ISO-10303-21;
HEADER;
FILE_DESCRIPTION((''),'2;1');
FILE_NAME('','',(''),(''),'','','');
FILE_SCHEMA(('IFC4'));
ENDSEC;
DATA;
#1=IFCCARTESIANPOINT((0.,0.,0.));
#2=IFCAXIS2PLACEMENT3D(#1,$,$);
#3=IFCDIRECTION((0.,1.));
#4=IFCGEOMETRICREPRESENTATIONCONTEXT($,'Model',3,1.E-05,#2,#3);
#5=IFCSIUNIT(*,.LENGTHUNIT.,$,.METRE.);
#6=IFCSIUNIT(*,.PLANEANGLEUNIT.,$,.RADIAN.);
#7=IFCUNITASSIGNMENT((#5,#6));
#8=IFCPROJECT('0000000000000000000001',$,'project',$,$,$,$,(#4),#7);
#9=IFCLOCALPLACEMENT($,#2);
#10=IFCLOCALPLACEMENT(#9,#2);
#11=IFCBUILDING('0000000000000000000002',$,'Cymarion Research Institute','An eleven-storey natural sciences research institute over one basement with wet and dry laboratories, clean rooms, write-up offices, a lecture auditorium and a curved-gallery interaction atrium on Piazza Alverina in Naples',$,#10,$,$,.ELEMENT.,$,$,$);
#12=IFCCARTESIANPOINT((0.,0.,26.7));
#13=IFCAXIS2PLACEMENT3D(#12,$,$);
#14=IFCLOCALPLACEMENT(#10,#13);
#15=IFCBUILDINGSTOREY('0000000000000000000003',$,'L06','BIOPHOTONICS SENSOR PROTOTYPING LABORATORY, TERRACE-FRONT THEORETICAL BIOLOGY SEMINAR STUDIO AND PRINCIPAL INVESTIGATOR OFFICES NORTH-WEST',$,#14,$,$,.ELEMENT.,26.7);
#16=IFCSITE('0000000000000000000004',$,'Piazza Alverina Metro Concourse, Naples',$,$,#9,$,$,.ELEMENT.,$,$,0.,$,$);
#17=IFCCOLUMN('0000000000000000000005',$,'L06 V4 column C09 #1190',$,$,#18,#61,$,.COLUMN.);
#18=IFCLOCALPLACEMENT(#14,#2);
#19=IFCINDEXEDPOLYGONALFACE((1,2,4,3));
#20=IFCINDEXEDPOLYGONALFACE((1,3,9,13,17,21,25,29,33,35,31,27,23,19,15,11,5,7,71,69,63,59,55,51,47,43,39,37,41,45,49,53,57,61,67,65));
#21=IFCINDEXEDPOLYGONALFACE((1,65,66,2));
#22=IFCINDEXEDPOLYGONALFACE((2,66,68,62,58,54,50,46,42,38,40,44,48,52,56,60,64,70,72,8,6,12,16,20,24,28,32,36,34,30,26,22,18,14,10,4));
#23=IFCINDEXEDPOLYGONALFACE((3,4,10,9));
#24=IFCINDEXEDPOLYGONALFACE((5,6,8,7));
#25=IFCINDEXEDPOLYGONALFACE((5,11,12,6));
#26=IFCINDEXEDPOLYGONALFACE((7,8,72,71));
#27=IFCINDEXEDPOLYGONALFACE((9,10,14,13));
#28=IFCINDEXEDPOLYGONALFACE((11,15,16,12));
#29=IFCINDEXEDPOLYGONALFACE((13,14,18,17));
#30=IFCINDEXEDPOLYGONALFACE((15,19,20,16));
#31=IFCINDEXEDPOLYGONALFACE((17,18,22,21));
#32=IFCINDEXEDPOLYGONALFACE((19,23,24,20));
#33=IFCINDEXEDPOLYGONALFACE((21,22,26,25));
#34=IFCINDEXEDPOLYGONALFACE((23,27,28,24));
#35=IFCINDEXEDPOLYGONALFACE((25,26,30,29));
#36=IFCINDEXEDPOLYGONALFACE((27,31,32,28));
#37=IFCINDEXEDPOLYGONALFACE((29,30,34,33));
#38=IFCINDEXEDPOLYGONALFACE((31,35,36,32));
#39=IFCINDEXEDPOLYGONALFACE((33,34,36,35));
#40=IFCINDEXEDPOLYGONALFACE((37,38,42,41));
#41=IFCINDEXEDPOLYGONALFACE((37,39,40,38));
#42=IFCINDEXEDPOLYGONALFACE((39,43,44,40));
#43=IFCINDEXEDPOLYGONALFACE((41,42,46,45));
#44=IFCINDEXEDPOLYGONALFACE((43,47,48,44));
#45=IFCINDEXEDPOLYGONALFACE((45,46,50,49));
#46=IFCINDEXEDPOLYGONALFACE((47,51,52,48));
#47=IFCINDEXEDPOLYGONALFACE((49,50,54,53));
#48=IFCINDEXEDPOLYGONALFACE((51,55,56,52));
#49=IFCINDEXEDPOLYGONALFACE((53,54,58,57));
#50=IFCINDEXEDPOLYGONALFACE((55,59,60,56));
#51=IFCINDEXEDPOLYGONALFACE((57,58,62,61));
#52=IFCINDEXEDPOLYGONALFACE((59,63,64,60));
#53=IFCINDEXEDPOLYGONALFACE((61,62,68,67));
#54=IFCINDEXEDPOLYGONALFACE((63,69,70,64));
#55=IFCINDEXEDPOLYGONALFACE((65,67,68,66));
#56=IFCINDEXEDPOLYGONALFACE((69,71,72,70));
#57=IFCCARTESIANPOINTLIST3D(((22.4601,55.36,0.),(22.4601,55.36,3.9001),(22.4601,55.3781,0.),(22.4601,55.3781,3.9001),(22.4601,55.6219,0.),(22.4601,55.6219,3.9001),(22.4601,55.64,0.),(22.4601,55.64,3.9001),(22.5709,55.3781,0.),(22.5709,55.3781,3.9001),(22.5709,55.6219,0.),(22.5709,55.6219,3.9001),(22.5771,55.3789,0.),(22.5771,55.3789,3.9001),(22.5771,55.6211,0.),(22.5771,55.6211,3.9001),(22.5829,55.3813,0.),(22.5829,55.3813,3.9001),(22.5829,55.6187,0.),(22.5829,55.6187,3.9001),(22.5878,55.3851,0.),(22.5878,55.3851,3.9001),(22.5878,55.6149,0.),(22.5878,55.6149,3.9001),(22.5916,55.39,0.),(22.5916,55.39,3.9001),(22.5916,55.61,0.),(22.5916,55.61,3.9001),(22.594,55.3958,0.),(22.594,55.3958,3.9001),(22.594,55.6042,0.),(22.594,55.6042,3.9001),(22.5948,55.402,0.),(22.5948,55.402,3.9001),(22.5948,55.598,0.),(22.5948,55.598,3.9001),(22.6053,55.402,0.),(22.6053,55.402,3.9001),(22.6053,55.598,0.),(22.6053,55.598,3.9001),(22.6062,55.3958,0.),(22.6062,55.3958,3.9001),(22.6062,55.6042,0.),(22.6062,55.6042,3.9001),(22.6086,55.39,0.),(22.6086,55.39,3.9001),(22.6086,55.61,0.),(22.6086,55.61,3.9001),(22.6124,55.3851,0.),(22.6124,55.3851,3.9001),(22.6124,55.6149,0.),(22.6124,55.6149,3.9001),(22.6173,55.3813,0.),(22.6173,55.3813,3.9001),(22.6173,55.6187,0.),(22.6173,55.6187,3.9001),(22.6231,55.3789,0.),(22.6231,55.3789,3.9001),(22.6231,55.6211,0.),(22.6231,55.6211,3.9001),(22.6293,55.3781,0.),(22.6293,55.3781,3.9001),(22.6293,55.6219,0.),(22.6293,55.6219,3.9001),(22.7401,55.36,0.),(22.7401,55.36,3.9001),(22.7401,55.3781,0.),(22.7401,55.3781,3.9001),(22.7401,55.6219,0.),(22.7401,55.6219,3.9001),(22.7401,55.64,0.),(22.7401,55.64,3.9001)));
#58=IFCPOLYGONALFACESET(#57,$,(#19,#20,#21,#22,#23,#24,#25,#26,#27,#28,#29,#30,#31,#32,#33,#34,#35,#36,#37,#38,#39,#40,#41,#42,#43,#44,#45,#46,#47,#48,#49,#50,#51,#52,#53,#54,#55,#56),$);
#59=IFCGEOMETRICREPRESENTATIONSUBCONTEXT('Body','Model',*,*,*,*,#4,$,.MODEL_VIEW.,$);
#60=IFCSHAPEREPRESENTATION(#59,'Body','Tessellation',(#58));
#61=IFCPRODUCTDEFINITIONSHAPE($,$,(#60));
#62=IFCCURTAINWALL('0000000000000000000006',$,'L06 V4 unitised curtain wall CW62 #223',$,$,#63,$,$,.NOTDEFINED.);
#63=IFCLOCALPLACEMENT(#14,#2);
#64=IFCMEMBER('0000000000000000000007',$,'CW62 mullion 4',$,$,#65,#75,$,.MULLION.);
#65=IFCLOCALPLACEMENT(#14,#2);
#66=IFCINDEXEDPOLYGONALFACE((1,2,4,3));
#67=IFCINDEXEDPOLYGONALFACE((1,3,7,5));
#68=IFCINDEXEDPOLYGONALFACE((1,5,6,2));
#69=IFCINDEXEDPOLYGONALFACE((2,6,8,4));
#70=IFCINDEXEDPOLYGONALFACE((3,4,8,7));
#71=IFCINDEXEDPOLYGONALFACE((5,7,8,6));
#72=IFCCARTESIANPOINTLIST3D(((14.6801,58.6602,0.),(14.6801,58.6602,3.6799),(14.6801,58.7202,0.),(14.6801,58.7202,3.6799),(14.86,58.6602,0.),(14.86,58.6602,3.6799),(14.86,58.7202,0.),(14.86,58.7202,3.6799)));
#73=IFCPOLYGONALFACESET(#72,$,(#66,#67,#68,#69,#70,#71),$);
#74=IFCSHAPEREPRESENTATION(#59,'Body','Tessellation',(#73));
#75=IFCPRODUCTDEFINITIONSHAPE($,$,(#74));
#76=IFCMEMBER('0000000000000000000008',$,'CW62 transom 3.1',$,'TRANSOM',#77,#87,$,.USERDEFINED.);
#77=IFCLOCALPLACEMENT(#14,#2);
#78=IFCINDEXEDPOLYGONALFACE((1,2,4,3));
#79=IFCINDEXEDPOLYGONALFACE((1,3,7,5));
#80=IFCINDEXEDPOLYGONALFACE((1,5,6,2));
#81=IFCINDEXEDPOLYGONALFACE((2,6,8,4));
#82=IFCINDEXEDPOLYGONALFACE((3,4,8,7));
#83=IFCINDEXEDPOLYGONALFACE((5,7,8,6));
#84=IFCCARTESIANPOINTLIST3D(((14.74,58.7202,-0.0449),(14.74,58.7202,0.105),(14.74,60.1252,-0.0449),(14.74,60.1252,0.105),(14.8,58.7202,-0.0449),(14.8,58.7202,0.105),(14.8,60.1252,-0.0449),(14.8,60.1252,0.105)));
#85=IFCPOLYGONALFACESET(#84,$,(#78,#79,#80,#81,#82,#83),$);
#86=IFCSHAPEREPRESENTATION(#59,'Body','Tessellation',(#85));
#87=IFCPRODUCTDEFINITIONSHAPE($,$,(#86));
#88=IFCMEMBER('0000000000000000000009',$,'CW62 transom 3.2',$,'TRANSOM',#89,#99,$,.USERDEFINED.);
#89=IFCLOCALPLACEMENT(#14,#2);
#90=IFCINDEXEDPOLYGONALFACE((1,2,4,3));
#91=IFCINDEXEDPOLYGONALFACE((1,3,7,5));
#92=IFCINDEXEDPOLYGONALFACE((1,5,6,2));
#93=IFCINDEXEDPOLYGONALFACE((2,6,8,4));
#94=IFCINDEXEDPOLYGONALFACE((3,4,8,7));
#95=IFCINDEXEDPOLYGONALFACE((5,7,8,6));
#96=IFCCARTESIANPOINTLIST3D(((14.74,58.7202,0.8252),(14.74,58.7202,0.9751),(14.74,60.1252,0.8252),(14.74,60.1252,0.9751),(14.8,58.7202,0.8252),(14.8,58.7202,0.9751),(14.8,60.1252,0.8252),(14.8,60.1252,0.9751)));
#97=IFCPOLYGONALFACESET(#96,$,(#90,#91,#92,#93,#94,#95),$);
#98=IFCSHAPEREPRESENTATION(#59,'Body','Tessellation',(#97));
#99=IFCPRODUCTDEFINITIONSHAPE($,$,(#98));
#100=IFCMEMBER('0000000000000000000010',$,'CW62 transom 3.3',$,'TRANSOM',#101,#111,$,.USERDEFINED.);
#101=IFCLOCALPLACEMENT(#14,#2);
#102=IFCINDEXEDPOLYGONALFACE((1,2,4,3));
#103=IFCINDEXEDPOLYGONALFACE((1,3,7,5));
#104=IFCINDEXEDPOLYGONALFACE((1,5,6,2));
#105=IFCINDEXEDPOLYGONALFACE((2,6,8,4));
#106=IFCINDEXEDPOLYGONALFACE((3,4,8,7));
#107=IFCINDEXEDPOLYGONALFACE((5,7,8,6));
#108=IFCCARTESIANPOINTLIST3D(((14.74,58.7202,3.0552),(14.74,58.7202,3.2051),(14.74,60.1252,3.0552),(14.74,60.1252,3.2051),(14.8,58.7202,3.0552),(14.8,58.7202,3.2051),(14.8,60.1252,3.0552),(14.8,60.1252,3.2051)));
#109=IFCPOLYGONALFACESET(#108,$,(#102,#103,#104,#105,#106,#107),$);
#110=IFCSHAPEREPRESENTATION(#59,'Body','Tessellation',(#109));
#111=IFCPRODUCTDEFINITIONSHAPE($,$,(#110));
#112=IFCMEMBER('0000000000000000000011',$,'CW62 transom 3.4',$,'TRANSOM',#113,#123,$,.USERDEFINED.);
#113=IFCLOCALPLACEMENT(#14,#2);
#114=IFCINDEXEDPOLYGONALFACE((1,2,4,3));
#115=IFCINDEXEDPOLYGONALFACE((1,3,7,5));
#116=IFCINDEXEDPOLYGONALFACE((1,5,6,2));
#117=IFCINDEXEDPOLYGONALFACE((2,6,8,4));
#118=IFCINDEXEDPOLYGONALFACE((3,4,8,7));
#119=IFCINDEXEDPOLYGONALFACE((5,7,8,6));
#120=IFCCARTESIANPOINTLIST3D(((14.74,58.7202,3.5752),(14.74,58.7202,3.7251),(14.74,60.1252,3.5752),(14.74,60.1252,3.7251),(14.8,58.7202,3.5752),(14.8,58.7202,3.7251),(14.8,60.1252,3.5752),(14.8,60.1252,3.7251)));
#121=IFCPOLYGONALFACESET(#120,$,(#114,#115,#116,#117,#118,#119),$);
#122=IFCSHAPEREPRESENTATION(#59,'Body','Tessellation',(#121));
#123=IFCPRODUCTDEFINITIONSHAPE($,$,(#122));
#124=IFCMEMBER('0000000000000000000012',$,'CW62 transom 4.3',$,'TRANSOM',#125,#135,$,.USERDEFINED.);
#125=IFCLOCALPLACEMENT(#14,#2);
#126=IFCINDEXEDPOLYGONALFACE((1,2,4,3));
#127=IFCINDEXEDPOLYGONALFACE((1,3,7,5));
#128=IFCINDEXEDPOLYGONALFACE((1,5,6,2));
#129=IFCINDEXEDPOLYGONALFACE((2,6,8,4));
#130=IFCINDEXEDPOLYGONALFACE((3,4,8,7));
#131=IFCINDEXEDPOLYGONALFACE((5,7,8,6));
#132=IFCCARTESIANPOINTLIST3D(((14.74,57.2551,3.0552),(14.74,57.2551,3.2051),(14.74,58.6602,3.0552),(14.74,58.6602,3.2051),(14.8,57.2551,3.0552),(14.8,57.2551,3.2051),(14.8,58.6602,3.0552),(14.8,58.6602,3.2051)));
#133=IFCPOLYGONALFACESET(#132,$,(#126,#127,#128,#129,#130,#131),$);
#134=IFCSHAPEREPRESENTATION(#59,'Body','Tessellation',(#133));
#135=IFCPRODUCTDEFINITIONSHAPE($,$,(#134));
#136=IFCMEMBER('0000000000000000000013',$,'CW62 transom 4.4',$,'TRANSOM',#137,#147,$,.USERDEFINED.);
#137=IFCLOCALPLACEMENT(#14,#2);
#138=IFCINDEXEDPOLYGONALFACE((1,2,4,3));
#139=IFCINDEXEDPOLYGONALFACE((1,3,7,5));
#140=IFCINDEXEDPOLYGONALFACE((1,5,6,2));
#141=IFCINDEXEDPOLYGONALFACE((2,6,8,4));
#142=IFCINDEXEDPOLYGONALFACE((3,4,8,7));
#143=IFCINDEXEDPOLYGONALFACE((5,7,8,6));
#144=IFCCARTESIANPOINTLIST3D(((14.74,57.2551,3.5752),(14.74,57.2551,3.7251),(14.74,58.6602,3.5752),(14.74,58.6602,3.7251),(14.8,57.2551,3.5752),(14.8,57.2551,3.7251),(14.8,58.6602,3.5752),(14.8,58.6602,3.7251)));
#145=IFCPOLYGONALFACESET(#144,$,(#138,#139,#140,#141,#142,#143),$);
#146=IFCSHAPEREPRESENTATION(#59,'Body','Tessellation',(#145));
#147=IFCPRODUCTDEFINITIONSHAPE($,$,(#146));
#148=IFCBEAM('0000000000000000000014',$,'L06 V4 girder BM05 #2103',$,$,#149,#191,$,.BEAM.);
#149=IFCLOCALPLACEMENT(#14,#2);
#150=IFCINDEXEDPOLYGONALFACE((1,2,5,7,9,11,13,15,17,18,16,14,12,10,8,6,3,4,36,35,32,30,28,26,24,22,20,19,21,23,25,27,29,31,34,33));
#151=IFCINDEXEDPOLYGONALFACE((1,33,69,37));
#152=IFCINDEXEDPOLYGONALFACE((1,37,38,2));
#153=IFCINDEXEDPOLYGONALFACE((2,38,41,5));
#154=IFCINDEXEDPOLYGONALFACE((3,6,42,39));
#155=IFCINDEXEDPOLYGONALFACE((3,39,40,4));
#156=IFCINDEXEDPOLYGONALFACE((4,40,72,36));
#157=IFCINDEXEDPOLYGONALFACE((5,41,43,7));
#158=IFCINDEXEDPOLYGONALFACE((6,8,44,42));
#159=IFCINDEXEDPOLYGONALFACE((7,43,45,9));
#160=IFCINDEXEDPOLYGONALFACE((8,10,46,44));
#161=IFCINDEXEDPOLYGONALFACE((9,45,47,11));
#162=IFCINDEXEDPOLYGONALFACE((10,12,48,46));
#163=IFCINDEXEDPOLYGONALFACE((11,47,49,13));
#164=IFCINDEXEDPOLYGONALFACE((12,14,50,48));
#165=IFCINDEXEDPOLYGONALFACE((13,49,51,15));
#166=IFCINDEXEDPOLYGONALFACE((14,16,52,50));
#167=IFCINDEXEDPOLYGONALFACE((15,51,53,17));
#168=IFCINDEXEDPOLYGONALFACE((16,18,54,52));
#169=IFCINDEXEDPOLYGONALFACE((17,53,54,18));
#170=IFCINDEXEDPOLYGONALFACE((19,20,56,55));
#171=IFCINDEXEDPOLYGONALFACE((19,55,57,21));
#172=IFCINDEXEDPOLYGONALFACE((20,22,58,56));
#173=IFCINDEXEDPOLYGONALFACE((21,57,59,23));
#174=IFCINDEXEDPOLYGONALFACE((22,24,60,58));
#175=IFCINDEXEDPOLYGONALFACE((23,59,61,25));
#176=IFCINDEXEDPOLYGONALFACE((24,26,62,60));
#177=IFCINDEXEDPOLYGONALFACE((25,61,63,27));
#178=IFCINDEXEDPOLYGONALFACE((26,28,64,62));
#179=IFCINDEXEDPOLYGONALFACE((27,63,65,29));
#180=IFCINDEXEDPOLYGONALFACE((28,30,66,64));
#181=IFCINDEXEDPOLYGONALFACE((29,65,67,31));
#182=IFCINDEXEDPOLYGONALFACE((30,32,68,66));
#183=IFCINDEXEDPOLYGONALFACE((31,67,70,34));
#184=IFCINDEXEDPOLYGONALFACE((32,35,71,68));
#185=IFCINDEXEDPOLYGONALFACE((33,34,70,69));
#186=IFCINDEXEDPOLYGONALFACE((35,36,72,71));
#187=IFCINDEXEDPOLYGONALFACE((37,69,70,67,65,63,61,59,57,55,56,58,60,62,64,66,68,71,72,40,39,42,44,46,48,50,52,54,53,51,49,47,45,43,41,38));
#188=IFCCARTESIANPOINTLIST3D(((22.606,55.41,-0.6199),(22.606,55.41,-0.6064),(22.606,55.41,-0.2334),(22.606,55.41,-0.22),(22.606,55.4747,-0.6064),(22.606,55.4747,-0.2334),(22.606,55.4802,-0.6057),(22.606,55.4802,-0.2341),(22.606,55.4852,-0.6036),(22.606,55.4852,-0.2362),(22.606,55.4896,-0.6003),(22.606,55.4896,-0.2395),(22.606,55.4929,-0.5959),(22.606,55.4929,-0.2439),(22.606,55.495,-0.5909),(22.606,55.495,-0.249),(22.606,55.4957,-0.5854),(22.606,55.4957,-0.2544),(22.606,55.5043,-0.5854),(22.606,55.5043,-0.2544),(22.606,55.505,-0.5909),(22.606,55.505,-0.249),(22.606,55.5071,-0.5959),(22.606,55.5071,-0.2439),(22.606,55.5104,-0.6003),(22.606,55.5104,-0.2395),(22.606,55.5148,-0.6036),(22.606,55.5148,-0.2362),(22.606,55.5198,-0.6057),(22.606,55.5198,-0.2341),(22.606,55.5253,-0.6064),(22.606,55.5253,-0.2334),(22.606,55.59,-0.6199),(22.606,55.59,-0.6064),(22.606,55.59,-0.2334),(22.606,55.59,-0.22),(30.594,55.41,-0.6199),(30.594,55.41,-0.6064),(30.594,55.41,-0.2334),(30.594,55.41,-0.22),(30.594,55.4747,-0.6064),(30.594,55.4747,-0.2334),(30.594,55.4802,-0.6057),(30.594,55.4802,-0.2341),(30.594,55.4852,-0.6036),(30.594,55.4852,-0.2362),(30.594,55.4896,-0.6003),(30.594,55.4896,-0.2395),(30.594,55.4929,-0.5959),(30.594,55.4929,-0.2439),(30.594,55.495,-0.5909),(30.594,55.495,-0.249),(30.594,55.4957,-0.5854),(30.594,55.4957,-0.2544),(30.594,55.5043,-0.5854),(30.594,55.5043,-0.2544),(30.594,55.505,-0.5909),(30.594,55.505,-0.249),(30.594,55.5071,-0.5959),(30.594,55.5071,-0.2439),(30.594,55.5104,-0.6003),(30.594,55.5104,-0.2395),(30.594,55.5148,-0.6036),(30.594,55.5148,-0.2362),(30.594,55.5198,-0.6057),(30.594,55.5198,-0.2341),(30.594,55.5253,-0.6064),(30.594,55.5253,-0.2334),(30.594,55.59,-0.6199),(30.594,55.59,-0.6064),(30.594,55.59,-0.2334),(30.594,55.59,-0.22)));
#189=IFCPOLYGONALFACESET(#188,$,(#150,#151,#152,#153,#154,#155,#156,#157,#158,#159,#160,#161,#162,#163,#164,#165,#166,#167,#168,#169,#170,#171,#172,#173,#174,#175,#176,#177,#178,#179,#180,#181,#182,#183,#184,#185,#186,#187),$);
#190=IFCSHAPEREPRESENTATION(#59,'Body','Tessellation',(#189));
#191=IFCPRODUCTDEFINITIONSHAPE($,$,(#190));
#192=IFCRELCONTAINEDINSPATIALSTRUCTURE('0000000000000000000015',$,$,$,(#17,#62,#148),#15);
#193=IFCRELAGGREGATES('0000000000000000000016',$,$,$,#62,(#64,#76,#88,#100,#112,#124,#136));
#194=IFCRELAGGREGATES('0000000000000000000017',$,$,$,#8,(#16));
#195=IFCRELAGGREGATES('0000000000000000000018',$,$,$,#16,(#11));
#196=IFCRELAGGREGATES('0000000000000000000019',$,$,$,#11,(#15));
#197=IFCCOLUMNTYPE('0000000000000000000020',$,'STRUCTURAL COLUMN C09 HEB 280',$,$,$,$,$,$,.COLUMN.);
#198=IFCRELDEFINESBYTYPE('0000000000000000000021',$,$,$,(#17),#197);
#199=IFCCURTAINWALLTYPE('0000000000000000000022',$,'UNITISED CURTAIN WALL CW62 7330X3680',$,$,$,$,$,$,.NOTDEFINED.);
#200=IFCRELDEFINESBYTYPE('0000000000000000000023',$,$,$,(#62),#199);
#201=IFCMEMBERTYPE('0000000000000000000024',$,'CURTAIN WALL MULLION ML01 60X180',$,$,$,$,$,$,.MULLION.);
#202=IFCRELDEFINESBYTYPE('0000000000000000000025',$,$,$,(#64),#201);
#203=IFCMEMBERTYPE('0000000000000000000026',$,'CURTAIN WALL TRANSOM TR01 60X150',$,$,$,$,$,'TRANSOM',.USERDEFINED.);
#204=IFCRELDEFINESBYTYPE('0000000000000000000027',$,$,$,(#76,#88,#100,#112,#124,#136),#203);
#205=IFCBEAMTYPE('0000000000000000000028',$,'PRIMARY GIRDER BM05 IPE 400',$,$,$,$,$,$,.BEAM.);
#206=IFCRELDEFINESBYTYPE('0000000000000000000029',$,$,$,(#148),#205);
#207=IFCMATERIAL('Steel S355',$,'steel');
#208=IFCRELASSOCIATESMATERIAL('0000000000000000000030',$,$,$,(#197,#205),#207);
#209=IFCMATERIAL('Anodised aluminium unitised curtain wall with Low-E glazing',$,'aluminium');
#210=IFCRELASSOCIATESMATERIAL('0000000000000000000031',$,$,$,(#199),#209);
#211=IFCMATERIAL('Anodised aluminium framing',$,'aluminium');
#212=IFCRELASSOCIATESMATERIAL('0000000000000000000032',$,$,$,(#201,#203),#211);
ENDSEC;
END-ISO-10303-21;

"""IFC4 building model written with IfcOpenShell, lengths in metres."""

from ifc_helpers import new_model, si_unit, direction, frame, origin, origin_2d, place, context, subcontext, project, spatial, rectangle, i_section, extrude, material, material_profile, profile_set, type_object, element, aggregate, save


model = new_model("IFC4")

# Units and contexts
model_context = context("Model", 3, precision=1e-05, world=origin(), true_north=direction((0.0, 1.0)))
body_context = subcontext(model_context, "Body", "Model", "MODEL_VIEW")
ifc_project = project(units=[si_unit("LENGTHUNIT", "METRE"), si_unit("PLANEANGLEUNIT", "RADIAN")], contexts=[model_context])

# Site, building, storey
site_placement = place(None, origin())
site = spatial("IfcSite", under=ifc_project, at=site_placement, Name="Piazza Alverina Metro Concourse, Naples", CompositionType="ELEMENT", RefElevation=0.0)
building_placement = place(site_placement, origin())
building = spatial("IfcBuilding", under=site, at=building_placement, Name="Cymarion Research Institute", Description="An eleven-storey natural sciences research institute over one basement with wet and dry laboratories, clean rooms, write-up offices, a lecture auditorium and a curved-gallery interaction atrium on Piazza Alverina in Naples", CompositionType="ELEMENT")
storey_placement = place(building_placement, frame((0.0, 0.0, 26.7)))
storey = spatial("IfcBuildingStorey", under=building, at=storey_placement, Name="L06", Description="BIOPHOTONICS SENSOR PROTOTYPING LABORATORY, TERRACE-FRONT THEORETICAL BIOLOGY SEMINAR STUDIO AND PRINCIPAL INVESTIGATOR OFFICES NORTH-WEST", CompositionType="ELEMENT", Elevation=26.7)

# Column
ifc_material_1 = material(Name="Steel S355", Category="steel")
ifc_material_profile_1 = material_profile(ifc_material_1, i_section(OverallWidth=0.28, OverallDepth=0.28, WebThickness=0.0105, FlangeThickness=0.0181, FilletRadius=0.0239, at=origin_2d()), Name="HEB 280")
ifc_profile_set_1 = profile_set([ifc_material_profile_1], Name="Steel S355")
column_type = type_object("IfcColumnType", Name="STRUCTURAL COLUMN C09 HEB 280", PredefinedType="COLUMN", material=ifc_profile_set_1)
column_placement = place(storey_placement, frame((22.6001, 55.5, 0.0), z_axis=(0.0, 0.0, 1.0), x_axis=(1.0, 0.0, 0.0)))
element("IfcColumn", 1, at=column_placement, inside=storey, type_object=column_type, Name="L06 V4 column C09 #1190", PredefinedType="COLUMN", context=body_context, shape_type="SweptSolid", body=[
    extrude(i_section(OverallWidth=0.28, OverallDepth=0.28, WebThickness=0.0105, FlangeThickness=0.0181, FilletRadius=0.0239, at=origin_2d()), origin(), (0.0, 0.0, 1.0), 3.9001),
])

# Curtain wall, members
ifc_material_2 = material(Name="Anodised aluminium unitised curtain wall with Low-E glazing", Category="aluminium")
curtain_wall_type = type_object("IfcCurtainWallType", Name="UNITISED CURTAIN WALL CW62 7330X3680", PredefinedType="NOTDEFINED", material=ifc_material_2)
curtain_wall_placement = place(storey_placement, origin())
curtain_wall = element("IfcCurtainWall", 2, at=curtain_wall_placement, inside=storey, type_object=curtain_wall_type, Name="L06 V4 unitised curtain wall CW62 #223", PredefinedType="NOTDEFINED")
ifc_material_3 = material(Name="Anodised aluminium framing", Category="aluminium")
ifc_material_profile_2 = material_profile(ifc_material_3, rectangle(XDim=0.0601, YDim=0.1799, at=origin_2d()), Name="ALU MULLION 60x180")
ifc_profile_set_2 = profile_set([ifc_material_profile_2], Name="Anodised aluminium framing")
member_type_1 = type_object("IfcMemberType", Name="CURTAIN WALL MULLION ML01 60X180", PredefinedType="MULLION", material=ifc_profile_set_2)
member_1_placement = place(storey_placement, frame((14.77, 58.6902, 0.0), z_axis=(0.0, 0.0, 1.0), x_axis=(0.0, -1.0, 0.0)))
member_1 = element("IfcMember", 3, at=member_1_placement, type_object=member_type_1, Name="CW62 mullion 4", PredefinedType="MULLION", context=body_context, shape_type="SweptSolid", body=[
    extrude(rectangle(XDim=0.0601, YDim=0.1799, at=origin_2d()), origin(), (0.0, 0.0, 1.0), 3.6799),
])
ifc_material_profile_3 = material_profile(ifc_material_3, rectangle(XDim=0.0601, YDim=0.1499, at=origin_2d()), Name="ALU TRANSOM 60x150")
ifc_profile_set_3 = profile_set([ifc_material_profile_3], Name="Anodised aluminium framing")
member_type_2 = type_object("IfcMemberType", Name="CURTAIN WALL TRANSOM TR01 60X150", ElementType="TRANSOM", PredefinedType="USERDEFINED", material=ifc_profile_set_3)
member_2_placement = place(storey_placement, frame((14.77, 60.1252, 0.03), z_axis=(0.0, -1.0, 0.0), x_axis=(1.0, 0.0, 0.0)))
member_2 = element("IfcMember", 4, at=member_2_placement, type_object=member_type_2, Name="CW62 transom 3.1", ObjectType="TRANSOM", PredefinedType="USERDEFINED", context=body_context, shape_type="SweptSolid", body=[
    extrude(rectangle(XDim=0.0601, YDim=0.1499, at=origin_2d()), origin(), (0.0, 0.0, 1.0), 1.405),
])
member_3_placement = place(storey_placement, frame((14.77, 60.1252, 0.9001), z_axis=(0.0, -1.0, 0.0), x_axis=(1.0, 0.0, 0.0)))
member_3 = element("IfcMember", 5, at=member_3_placement, type_object=member_type_2, Name="CW62 transom 3.2", ObjectType="TRANSOM", PredefinedType="USERDEFINED", context=body_context, shape_type="SweptSolid", body=[
    extrude(rectangle(XDim=0.0601, YDim=0.1499, at=origin_2d()), origin(), (0.0, 0.0, 1.0), 1.405),
])
member_4_placement = place(storey_placement, frame((14.77, 60.1252, 3.1301), z_axis=(0.0, -1.0, 0.0), x_axis=(1.0, 0.0, 0.0)))
member_4 = element("IfcMember", 6, at=member_4_placement, type_object=member_type_2, Name="CW62 transom 3.3", ObjectType="TRANSOM", PredefinedType="USERDEFINED", context=body_context, shape_type="SweptSolid", body=[
    extrude(rectangle(XDim=0.0601, YDim=0.1499, at=origin_2d()), origin(), (0.0, 0.0, 1.0), 1.405),
])
member_5_placement = place(storey_placement, frame((14.77, 60.1252, 3.6501), z_axis=(0.0, -1.0, 0.0), x_axis=(1.0, 0.0, 0.0)))
member_5 = element("IfcMember", 7, at=member_5_placement, type_object=member_type_2, Name="CW62 transom 3.4", ObjectType="TRANSOM", PredefinedType="USERDEFINED", context=body_context, shape_type="SweptSolid", body=[
    extrude(rectangle(XDim=0.0601, YDim=0.1499, at=origin_2d()), origin(), (0.0, 0.0, 1.0), 1.405),
])
member_6_placement = place(storey_placement, frame((14.77, 58.6602, 3.1301), z_axis=(0.0, -1.0, 0.0), x_axis=(1.0, 0.0, 0.0)))
member_6 = element("IfcMember", 8, at=member_6_placement, type_object=member_type_2, Name="CW62 transom 4.3", ObjectType="TRANSOM", PredefinedType="USERDEFINED", context=body_context, shape_type="SweptSolid", body=[
    extrude(rectangle(XDim=0.0601, YDim=0.1499, at=origin_2d()), origin(), (0.0, 0.0, 1.0), 1.405),
])
member_7_placement = place(storey_placement, frame((14.77, 58.6602, 3.6501), z_axis=(0.0, -1.0, 0.0), x_axis=(1.0, 0.0, 0.0)))
member_7 = element("IfcMember", 9, at=member_7_placement, type_object=member_type_2, Name="CW62 transom 4.4", ObjectType="TRANSOM", PredefinedType="USERDEFINED", context=body_context, shape_type="SweptSolid", body=[
    extrude(rectangle(XDim=0.0601, YDim=0.1499, at=origin_2d()), origin(), (0.0, 0.0, 1.0), 1.405),
])

# Beam
ifc_material_profile_4 = material_profile(ifc_material_1, i_section(OverallWidth=0.1799, OverallDepth=0.3999, WebThickness=0.0085, FlangeThickness=0.0134, FilletRadius=0.021, at=origin_2d()), Name="IPE 400")
ifc_profile_set_4 = profile_set([ifc_material_profile_4], Name="Steel S355")
beam_type_1 = type_object("IfcBeamType", Name="PRIMARY GIRDER BM05 IPE 400", PredefinedType="BEAM", material=ifc_profile_set_4)
beam_1_placement = place(storey_placement, frame((22.606, 55.5, -0.4199), z_axis=(1.0, 0.0, 0.0), x_axis=(0.0, 1.0, 0.0)))
element("IfcBeam", 10, at=beam_1_placement, inside=storey, type_object=beam_type_1, Name="L06 V4 girder BM05 #2103", PredefinedType="BEAM", context=body_context, shape_type="SweptSolid", body=[
    extrude(i_section(OverallWidth=0.1799, OverallDepth=0.3999, WebThickness=0.0085, FlangeThickness=0.0134, FilletRadius=0.021, at=origin_2d()), origin(), (0.0, 0.0, 1.0), 7.988),
])

aggregate(curtain_wall, [member_1, member_2, member_3, member_4, member_5, member_6, member_7])

save(model, "model.ifc")
